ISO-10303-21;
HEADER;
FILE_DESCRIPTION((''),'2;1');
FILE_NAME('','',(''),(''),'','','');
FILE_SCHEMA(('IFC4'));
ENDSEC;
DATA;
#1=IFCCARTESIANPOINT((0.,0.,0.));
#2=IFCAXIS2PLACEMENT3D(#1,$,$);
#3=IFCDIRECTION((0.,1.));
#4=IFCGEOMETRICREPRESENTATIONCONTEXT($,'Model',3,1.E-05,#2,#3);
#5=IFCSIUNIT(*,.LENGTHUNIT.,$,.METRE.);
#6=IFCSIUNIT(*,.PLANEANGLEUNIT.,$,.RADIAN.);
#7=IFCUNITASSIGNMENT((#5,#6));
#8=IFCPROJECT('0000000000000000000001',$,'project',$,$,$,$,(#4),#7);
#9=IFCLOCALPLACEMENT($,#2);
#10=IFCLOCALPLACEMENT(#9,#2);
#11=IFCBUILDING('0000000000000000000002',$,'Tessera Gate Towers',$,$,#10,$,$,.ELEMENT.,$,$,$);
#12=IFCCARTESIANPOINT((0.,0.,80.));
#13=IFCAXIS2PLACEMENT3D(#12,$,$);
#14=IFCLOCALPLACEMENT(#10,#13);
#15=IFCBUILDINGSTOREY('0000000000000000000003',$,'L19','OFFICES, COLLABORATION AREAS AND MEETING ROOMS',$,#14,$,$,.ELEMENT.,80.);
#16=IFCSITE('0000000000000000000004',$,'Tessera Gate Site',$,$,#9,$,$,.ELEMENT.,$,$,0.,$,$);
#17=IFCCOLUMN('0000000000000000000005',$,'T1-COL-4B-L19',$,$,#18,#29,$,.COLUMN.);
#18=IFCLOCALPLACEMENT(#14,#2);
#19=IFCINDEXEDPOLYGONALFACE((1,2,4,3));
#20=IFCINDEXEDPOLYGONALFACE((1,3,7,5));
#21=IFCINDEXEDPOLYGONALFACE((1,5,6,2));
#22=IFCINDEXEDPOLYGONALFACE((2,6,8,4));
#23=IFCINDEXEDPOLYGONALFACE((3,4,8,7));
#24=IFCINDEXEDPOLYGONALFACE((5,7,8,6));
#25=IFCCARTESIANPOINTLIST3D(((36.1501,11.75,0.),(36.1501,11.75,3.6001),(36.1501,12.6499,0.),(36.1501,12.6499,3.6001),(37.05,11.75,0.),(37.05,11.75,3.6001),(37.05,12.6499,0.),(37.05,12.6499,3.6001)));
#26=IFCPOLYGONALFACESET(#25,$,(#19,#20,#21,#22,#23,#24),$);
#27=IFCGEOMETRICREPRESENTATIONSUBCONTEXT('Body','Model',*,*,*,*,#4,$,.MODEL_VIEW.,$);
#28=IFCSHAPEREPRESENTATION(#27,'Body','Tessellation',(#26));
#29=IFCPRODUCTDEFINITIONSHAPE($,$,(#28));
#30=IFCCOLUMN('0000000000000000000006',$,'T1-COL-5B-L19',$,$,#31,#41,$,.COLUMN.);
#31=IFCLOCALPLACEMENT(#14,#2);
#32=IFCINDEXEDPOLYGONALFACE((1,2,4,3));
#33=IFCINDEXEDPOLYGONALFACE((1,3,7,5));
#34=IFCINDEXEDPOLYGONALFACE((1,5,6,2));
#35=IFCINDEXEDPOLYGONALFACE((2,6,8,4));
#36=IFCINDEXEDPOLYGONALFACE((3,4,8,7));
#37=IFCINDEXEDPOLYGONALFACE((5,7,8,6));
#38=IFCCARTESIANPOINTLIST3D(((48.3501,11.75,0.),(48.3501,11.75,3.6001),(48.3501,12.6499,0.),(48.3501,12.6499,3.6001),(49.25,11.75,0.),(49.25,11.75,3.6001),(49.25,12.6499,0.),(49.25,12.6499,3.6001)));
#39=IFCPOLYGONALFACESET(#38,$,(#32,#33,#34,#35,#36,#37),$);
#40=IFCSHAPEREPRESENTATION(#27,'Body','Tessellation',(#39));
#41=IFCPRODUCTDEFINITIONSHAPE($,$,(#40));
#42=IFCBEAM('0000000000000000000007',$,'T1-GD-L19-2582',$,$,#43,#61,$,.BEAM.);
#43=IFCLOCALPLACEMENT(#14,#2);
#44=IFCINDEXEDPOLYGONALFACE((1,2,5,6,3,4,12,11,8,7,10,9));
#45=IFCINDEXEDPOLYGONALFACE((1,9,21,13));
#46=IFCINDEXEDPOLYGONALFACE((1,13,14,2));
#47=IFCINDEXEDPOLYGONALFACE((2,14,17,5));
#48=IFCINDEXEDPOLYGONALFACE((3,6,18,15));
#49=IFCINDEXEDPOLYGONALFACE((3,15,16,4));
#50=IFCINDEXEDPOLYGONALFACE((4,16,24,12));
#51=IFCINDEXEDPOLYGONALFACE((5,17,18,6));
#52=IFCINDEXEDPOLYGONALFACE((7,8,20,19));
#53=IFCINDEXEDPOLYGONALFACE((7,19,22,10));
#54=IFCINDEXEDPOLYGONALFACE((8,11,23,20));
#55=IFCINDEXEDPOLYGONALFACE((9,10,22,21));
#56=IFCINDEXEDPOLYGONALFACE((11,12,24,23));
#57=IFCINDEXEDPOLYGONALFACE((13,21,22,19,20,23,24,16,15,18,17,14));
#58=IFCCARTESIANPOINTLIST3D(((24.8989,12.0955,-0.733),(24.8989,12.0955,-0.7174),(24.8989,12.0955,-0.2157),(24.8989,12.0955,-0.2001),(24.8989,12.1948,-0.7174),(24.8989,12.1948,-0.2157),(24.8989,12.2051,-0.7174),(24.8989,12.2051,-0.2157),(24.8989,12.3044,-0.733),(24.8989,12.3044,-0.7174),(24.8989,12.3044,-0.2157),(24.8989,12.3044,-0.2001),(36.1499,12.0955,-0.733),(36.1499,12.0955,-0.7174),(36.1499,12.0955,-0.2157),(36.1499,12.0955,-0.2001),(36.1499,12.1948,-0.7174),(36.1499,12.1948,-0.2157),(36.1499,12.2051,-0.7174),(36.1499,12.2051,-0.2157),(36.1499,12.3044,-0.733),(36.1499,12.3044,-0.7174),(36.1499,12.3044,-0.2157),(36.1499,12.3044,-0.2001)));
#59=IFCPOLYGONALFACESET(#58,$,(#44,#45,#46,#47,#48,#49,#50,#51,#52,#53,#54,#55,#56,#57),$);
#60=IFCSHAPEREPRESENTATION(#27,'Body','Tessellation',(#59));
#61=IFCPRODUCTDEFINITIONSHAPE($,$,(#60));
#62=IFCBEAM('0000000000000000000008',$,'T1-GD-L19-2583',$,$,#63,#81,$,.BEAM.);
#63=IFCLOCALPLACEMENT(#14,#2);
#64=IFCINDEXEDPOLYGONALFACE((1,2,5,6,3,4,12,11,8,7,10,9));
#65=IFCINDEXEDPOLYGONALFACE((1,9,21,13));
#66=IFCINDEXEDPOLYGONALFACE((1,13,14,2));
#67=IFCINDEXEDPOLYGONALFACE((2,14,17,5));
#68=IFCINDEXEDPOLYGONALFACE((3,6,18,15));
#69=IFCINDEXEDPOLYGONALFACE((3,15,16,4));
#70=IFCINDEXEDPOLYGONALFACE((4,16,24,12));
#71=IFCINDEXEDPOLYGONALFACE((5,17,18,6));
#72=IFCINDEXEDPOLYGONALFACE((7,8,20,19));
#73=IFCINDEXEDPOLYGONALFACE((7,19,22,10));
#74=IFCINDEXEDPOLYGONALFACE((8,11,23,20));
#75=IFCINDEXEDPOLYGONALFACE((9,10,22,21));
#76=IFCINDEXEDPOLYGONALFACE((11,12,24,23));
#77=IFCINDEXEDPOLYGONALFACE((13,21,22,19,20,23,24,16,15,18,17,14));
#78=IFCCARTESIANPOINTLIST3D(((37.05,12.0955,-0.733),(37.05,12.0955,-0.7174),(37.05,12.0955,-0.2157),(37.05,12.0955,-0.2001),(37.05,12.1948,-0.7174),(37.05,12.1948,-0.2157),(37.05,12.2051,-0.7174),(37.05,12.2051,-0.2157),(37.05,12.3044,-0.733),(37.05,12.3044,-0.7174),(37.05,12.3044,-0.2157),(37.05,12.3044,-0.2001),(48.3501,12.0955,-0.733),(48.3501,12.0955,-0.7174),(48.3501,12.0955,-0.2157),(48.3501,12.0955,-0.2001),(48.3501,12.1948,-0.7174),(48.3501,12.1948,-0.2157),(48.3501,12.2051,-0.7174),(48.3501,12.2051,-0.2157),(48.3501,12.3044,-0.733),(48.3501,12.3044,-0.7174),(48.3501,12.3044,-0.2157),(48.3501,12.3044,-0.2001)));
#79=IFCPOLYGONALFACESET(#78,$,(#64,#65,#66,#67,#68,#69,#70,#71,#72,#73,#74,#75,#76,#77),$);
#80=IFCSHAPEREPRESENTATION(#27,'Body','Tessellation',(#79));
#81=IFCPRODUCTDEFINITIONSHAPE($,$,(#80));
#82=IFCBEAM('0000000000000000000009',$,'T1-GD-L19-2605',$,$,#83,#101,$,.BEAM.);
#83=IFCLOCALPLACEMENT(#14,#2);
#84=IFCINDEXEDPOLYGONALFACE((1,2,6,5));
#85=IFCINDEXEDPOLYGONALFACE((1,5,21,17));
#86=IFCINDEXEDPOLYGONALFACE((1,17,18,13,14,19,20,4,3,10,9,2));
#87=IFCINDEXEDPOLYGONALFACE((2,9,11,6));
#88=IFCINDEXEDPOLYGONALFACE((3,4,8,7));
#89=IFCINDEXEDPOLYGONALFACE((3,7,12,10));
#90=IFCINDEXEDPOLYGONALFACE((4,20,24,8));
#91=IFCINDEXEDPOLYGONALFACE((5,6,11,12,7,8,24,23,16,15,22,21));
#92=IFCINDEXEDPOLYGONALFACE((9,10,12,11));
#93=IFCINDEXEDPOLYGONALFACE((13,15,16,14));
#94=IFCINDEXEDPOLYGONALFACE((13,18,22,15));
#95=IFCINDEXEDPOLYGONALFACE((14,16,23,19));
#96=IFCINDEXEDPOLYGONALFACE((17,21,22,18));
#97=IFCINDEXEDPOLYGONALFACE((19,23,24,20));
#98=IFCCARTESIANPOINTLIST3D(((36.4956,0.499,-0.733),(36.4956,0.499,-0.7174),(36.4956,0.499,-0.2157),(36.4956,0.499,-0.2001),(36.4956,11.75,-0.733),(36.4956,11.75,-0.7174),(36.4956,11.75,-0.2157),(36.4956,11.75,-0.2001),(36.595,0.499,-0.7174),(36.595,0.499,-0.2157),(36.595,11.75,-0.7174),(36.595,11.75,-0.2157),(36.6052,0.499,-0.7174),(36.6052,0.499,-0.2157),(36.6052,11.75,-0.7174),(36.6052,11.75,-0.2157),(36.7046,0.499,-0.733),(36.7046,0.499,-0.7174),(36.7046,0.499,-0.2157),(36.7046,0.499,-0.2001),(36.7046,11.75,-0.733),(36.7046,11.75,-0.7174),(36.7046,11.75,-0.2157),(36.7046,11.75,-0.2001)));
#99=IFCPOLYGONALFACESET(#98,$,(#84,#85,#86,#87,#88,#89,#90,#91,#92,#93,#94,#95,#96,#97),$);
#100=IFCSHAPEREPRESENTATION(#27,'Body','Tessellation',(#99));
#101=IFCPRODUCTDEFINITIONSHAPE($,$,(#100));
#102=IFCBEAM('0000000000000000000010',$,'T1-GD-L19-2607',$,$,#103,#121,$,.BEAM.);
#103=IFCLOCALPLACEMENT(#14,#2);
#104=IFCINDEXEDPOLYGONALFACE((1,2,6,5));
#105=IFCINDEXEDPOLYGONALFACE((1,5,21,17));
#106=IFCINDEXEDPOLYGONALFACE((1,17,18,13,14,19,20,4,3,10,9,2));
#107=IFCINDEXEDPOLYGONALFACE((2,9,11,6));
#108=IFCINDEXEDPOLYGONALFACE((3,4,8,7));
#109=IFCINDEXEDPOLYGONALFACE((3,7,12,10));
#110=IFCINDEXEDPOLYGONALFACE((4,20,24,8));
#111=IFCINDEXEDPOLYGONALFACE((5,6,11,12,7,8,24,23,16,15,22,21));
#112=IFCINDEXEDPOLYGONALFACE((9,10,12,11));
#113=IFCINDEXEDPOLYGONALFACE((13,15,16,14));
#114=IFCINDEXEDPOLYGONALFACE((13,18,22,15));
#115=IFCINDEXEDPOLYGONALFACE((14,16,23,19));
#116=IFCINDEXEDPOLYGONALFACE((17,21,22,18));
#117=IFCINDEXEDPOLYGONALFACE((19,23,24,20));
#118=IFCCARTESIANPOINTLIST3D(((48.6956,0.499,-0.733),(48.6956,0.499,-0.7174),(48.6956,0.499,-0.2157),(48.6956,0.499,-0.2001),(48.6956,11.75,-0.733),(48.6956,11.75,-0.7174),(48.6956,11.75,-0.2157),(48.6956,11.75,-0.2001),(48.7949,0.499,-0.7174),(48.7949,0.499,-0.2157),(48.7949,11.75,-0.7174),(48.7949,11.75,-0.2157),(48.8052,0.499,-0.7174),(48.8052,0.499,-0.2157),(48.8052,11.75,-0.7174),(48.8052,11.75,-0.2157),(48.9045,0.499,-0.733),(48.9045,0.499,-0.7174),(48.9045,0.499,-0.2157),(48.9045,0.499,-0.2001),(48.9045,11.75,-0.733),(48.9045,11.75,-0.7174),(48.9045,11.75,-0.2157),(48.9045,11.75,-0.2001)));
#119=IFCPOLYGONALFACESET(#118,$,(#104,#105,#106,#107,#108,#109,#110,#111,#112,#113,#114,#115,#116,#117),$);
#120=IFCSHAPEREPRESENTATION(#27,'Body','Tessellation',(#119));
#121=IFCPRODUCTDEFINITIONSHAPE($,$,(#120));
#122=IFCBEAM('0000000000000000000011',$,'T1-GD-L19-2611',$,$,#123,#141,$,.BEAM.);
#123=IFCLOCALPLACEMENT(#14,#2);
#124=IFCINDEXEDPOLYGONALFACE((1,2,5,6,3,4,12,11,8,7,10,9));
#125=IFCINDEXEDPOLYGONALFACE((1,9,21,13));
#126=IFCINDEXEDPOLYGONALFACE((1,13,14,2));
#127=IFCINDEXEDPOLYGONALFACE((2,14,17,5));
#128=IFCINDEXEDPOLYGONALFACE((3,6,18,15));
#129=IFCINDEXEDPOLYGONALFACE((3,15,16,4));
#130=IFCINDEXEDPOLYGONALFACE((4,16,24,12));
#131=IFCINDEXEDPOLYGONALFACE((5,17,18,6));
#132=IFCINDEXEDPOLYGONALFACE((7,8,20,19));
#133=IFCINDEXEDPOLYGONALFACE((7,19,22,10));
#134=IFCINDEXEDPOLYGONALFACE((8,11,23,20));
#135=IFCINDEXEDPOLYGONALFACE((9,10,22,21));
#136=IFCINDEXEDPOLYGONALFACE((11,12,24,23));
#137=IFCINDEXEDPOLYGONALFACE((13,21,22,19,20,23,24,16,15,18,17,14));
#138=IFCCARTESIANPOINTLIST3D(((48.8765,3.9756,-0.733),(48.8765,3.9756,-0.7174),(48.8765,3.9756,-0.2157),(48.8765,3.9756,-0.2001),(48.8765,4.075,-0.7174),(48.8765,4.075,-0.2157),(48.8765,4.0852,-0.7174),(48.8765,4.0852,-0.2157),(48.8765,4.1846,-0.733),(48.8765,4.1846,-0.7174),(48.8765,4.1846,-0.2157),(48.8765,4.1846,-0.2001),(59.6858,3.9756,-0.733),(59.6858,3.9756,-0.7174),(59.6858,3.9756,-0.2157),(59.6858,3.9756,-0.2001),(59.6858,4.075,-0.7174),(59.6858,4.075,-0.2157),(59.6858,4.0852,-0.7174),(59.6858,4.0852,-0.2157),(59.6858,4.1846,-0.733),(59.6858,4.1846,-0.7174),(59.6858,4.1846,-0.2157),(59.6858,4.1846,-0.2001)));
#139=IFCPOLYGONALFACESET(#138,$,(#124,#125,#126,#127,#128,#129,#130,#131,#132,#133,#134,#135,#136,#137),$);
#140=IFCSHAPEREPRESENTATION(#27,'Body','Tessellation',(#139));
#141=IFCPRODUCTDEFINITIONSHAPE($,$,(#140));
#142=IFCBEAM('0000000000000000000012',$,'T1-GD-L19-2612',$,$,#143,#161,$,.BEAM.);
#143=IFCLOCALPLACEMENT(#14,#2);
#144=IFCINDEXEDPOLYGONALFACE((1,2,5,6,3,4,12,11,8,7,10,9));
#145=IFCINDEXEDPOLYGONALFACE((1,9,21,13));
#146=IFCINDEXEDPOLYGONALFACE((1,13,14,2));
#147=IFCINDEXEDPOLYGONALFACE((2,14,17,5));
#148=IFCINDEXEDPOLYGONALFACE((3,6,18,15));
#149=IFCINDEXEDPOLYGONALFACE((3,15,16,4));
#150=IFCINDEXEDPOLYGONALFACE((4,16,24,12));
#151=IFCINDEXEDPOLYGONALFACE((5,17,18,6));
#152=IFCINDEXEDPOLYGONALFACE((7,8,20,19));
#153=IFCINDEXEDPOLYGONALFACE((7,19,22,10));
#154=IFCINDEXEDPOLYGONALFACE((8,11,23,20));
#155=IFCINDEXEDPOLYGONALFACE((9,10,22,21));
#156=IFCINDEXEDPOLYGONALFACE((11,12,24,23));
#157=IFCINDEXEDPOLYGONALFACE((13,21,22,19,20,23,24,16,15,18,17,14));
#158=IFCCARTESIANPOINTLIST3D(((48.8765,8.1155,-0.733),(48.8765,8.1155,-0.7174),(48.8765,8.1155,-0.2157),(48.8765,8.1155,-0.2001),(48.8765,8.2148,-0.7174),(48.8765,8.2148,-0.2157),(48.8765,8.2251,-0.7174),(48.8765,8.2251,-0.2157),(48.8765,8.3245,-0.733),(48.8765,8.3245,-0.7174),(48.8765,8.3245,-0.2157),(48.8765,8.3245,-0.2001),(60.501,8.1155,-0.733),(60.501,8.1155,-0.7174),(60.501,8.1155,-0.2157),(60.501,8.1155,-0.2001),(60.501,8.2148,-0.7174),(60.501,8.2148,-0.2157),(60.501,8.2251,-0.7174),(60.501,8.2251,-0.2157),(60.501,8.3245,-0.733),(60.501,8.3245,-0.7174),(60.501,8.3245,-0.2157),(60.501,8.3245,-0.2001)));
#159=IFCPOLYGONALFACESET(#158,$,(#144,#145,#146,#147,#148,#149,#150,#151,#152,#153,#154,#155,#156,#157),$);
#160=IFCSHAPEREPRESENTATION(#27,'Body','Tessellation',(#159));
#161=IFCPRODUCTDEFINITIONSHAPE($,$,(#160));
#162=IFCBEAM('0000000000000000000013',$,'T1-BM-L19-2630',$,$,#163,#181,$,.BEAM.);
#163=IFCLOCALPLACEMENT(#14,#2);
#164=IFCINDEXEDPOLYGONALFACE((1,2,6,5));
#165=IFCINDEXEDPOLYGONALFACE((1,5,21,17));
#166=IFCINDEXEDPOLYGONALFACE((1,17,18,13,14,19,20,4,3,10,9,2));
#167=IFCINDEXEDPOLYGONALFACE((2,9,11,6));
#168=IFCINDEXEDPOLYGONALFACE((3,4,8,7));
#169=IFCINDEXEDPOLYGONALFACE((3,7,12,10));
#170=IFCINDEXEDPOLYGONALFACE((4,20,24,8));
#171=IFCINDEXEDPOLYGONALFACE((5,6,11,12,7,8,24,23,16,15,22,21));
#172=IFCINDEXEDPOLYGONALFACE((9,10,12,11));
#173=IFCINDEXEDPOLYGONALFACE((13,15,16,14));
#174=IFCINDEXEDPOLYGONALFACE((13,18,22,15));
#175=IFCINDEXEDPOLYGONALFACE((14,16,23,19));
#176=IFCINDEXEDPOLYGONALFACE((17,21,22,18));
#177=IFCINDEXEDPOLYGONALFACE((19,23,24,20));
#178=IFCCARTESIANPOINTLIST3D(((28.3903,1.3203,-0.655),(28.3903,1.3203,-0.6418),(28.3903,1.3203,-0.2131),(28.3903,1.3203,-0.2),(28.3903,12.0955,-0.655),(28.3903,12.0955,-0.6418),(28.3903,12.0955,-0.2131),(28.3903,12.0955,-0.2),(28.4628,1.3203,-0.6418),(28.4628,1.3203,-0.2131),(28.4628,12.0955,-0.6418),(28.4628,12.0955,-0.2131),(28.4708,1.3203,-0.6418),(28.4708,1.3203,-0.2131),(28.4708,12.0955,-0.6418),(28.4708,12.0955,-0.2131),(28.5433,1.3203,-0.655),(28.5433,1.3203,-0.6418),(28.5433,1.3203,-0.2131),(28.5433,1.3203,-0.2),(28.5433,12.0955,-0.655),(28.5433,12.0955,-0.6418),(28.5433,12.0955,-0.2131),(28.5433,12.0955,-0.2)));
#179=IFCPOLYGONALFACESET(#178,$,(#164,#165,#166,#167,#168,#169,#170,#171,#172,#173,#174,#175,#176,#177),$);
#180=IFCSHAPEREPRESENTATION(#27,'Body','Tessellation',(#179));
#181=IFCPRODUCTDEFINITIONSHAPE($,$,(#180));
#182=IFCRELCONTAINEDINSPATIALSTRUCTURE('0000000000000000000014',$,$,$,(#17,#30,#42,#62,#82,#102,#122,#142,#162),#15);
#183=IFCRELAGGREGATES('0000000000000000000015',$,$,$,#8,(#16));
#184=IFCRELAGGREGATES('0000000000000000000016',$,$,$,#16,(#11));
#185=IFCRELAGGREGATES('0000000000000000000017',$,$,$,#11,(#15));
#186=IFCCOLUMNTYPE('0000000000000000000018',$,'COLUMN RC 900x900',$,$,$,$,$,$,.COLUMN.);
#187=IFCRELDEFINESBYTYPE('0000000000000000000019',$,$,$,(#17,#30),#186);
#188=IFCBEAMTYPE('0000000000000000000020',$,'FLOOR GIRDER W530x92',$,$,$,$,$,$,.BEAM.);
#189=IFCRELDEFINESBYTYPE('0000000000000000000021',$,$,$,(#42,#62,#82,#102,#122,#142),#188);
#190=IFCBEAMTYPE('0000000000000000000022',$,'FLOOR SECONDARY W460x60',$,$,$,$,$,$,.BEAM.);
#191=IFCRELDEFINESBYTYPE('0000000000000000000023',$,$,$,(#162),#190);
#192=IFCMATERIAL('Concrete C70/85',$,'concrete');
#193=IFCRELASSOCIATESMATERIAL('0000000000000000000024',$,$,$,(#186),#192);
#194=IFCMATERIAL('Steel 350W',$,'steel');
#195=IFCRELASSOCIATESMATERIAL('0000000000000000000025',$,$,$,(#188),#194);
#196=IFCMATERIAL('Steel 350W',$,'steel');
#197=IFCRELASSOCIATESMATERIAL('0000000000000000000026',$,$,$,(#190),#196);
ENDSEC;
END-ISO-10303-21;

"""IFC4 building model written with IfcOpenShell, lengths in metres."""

from ifc_helpers import new_model, si_unit, direction, frame, origin, origin_2d, place, context, subcontext, project, spatial, rectangle, i_section, extrude, material, material_profile, profile_set, type_object, element, save


model = new_model("IFC4")

# Units and contexts
model_context = context("Model", 3, precision=1e-05, world=origin(), true_north=direction((0.0, 1.0)))
body_context = subcontext(model_context, "Body", "Model", "MODEL_VIEW")
ifc_project = project(units=[si_unit("LENGTHUNIT", "METRE"), si_unit("PLANEANGLEUNIT", "RADIAN")], contexts=[model_context])

# Site, building, storey
site_placement = place(None, origin())
site = spatial("IfcSite", under=ifc_project, at=site_placement, Name="Tessera Gate Site", CompositionType="ELEMENT", RefElevation=0.0)
building_placement = place(site_placement, origin())
building = spatial("IfcBuilding", under=site, at=building_placement, Name="Tessera Gate Towers", CompositionType="ELEMENT")
storey_placement = place(building_placement, frame((0.0, 0.0, 80.0)))
storey = spatial("IfcBuildingStorey", under=building, at=storey_placement, Name="L19", Description="OFFICES, COLLABORATION AREAS AND MEETING ROOMS", CompositionType="ELEMENT", Elevation=80.0)

# Columns
ifc_material_1 = material(Name="Concrete C70/85", Category="concrete")
ifc_material_profile_1 = material_profile(ifc_material_1, rectangle(XDim=0.8999, YDim=0.8999, at=origin_2d()), Name="RC 900x900")
ifc_profile_set_1 = profile_set([ifc_material_profile_1], Name="Concrete C70/85")
column_type = type_object("IfcColumnType", Name="COLUMN RC 900x900", PredefinedType="COLUMN", material=ifc_profile_set_1)
for number, where, z_axis, x_axis, name in (
    (1, (36.6001, 12.2, 0.0), (0.0, 0.0, 1.0), (1.0, 0.0, 0.0), "T1-COL-4B-L19"),
    (2, (48.8, 12.2, 0.0), (0.0, 0.0, 1.0), (1.0, 0.0, 0.0), "T1-COL-5B-L19"),
):
    element("IfcColumn", number, at=place(storey_placement, frame(where, z_axis=z_axis, x_axis=x_axis)), inside=storey, type_object=column_type, Name=name, PredefinedType="COLUMN", context=body_context, shape_type="SweptSolid", body=[
        extrude(rectangle(XDim=0.8999, YDim=0.8999, at=origin_2d()), origin(), (0.0, 0.0, 1.0), 3.6001),
    ])

# Beams
ifc_material_2 = material(Name="Steel 350W", Category="steel")
ifc_material_profile_2 = material_profile(ifc_material_2, i_section(OverallWidth=0.209, OverallDepth=0.533, WebThickness=0.0103, FlangeThickness=0.0156, at=origin_2d()), Name="W530x92")
ifc_profile_set_2 = profile_set([ifc_material_profile_2], Name="Steel 350W")
beam_type_1 = type_object("IfcBeamType", Name="FLOOR GIRDER W530x92", PredefinedType="BEAM", material=ifc_profile_set_2)
beam_1_placement = place(storey_placement, frame((24.8989, 12.2, -0.4666), z_axis=(1.0, 0.0, 0.0), x_axis=(0.0, 1.0, 0.0)))
element("IfcBeam", 3, at=beam_1_placement, inside=storey, type_object=beam_type_1, Name="T1-GD-L19-2582", PredefinedType="BEAM", context=body_context, shape_type="SweptSolid", body=[
    extrude(i_section(OverallWidth=0.209, OverallDepth=0.533, WebThickness=0.0103, FlangeThickness=0.0156, at=origin_2d()), origin(), (0.0, 0.0, 1.0), 11.251),
])
beam_2_placement = place(storey_placement, frame((37.05, 12.2, -0.4666), z_axis=(1.0, 0.0, 0.0), x_axis=(0.0, 1.0, 0.0)))
element("IfcBeam", 4, at=beam_2_placement, inside=storey, type_object=beam_type_1, Name="T1-GD-L19-2583", PredefinedType="BEAM", context=body_context, shape_type="SweptSolid", body=[
    extrude(i_section(OverallWidth=0.209, OverallDepth=0.533, WebThickness=0.0103, FlangeThickness=0.0156, at=origin_2d()), origin(), (0.0, 0.0, 1.0), 11.3),
])
for number, where, z_axis, x_axis, name in (
    (5, (36.6001, 0.499, -0.4666), (0.0, 1.0, 0.0), (-1.0, 0.0, 0.0), "T1-GD-L19-2605"),
    (6, (48.8, 0.499, -0.4666), (0.0, 1.0, 0.0), (-1.0, 0.0, 0.0), "T1-GD-L19-2607"),
):
    element("IfcBeam", number, at=place(storey_placement, frame(where, z_axis=z_axis, x_axis=x_axis)), inside=storey, type_object=beam_type_1, Name=name, PredefinedType="BEAM", context=body_context, shape_type="SweptSolid", body=[
        extrude(i_section(OverallWidth=0.209, OverallDepth=0.533, WebThickness=0.0103, FlangeThickness=0.0156, at=origin_2d()), origin(), (0.0, 0.0, 1.0), 11.251),
    ])
beam_3_placement = place(storey_placement, frame((48.8765, 4.0801, -0.4666), z_axis=(1.0, 0.0, 0.0), x_axis=(0.0, 1.0, 0.0)))
element("IfcBeam", 7, at=beam_3_placement, inside=storey, type_object=beam_type_1, Name="T1-GD-L19-2611", PredefinedType="BEAM", context=body_context, shape_type="SweptSolid", body=[
    extrude(i_section(OverallWidth=0.209, OverallDepth=0.533, WebThickness=0.0103, FlangeThickness=0.0156, at=origin_2d()), origin(), (0.0, 0.0, 1.0), 10.8093),
])
beam_4_placement = place(storey_placement, frame((48.8765, 8.22, -0.4666), z_axis=(1.0, 0.0, 0.0), x_axis=(0.0, 1.0, 0.0)))
element("IfcBeam", 8, at=beam_4_placement, inside=storey, type_object=beam_type_1, Name="T1-GD-L19-2612", PredefinedType="BEAM", context=body_context, shape_type="SweptSolid", body=[
    extrude(i_section(OverallWidth=0.209, OverallDepth=0.533, WebThickness=0.0103, FlangeThickness=0.0156, at=origin_2d()), origin(), (0.0, 0.0, 1.0), 11.6245),
])
ifc_material_3 = material(Name="Steel 350W", Category="steel")
ifc_material_profile_3 = material_profile(ifc_material_3, i_section(OverallWidth=0.1531, OverallDepth=0.4551, WebThickness=0.0081, FlangeThickness=0.0132, at=origin_2d()), Name="W460x60")
ifc_profile_set_3 = profile_set([ifc_material_profile_3], Name="Steel 350W")
beam_type_2 = type_object("IfcBeamType", Name="FLOOR SECONDARY W460x60", PredefinedType="BEAM", material=ifc_profile_set_3)
beam_5_placement = place(storey_placement, frame((28.4668, 1.3203, -0.4275), z_axis=(0.0, 1.0, 0.0), x_axis=(-1.0, 0.0, 0.0)))
element("IfcBeam", 9, at=beam_5_placement, inside=storey, type_object=beam_type_2, Name="T1-BM-L19-2630", PredefinedType="BEAM", context=body_context, shape_type="SweptSolid", body=[
    extrude(i_section(OverallWidth=0.1531, OverallDepth=0.4551, WebThickness=0.0081, FlangeThickness=0.0132, at=origin_2d()), origin(), (0.0, 0.0, 1.0), 10.7751),
])

save(model, "model.ifc")
